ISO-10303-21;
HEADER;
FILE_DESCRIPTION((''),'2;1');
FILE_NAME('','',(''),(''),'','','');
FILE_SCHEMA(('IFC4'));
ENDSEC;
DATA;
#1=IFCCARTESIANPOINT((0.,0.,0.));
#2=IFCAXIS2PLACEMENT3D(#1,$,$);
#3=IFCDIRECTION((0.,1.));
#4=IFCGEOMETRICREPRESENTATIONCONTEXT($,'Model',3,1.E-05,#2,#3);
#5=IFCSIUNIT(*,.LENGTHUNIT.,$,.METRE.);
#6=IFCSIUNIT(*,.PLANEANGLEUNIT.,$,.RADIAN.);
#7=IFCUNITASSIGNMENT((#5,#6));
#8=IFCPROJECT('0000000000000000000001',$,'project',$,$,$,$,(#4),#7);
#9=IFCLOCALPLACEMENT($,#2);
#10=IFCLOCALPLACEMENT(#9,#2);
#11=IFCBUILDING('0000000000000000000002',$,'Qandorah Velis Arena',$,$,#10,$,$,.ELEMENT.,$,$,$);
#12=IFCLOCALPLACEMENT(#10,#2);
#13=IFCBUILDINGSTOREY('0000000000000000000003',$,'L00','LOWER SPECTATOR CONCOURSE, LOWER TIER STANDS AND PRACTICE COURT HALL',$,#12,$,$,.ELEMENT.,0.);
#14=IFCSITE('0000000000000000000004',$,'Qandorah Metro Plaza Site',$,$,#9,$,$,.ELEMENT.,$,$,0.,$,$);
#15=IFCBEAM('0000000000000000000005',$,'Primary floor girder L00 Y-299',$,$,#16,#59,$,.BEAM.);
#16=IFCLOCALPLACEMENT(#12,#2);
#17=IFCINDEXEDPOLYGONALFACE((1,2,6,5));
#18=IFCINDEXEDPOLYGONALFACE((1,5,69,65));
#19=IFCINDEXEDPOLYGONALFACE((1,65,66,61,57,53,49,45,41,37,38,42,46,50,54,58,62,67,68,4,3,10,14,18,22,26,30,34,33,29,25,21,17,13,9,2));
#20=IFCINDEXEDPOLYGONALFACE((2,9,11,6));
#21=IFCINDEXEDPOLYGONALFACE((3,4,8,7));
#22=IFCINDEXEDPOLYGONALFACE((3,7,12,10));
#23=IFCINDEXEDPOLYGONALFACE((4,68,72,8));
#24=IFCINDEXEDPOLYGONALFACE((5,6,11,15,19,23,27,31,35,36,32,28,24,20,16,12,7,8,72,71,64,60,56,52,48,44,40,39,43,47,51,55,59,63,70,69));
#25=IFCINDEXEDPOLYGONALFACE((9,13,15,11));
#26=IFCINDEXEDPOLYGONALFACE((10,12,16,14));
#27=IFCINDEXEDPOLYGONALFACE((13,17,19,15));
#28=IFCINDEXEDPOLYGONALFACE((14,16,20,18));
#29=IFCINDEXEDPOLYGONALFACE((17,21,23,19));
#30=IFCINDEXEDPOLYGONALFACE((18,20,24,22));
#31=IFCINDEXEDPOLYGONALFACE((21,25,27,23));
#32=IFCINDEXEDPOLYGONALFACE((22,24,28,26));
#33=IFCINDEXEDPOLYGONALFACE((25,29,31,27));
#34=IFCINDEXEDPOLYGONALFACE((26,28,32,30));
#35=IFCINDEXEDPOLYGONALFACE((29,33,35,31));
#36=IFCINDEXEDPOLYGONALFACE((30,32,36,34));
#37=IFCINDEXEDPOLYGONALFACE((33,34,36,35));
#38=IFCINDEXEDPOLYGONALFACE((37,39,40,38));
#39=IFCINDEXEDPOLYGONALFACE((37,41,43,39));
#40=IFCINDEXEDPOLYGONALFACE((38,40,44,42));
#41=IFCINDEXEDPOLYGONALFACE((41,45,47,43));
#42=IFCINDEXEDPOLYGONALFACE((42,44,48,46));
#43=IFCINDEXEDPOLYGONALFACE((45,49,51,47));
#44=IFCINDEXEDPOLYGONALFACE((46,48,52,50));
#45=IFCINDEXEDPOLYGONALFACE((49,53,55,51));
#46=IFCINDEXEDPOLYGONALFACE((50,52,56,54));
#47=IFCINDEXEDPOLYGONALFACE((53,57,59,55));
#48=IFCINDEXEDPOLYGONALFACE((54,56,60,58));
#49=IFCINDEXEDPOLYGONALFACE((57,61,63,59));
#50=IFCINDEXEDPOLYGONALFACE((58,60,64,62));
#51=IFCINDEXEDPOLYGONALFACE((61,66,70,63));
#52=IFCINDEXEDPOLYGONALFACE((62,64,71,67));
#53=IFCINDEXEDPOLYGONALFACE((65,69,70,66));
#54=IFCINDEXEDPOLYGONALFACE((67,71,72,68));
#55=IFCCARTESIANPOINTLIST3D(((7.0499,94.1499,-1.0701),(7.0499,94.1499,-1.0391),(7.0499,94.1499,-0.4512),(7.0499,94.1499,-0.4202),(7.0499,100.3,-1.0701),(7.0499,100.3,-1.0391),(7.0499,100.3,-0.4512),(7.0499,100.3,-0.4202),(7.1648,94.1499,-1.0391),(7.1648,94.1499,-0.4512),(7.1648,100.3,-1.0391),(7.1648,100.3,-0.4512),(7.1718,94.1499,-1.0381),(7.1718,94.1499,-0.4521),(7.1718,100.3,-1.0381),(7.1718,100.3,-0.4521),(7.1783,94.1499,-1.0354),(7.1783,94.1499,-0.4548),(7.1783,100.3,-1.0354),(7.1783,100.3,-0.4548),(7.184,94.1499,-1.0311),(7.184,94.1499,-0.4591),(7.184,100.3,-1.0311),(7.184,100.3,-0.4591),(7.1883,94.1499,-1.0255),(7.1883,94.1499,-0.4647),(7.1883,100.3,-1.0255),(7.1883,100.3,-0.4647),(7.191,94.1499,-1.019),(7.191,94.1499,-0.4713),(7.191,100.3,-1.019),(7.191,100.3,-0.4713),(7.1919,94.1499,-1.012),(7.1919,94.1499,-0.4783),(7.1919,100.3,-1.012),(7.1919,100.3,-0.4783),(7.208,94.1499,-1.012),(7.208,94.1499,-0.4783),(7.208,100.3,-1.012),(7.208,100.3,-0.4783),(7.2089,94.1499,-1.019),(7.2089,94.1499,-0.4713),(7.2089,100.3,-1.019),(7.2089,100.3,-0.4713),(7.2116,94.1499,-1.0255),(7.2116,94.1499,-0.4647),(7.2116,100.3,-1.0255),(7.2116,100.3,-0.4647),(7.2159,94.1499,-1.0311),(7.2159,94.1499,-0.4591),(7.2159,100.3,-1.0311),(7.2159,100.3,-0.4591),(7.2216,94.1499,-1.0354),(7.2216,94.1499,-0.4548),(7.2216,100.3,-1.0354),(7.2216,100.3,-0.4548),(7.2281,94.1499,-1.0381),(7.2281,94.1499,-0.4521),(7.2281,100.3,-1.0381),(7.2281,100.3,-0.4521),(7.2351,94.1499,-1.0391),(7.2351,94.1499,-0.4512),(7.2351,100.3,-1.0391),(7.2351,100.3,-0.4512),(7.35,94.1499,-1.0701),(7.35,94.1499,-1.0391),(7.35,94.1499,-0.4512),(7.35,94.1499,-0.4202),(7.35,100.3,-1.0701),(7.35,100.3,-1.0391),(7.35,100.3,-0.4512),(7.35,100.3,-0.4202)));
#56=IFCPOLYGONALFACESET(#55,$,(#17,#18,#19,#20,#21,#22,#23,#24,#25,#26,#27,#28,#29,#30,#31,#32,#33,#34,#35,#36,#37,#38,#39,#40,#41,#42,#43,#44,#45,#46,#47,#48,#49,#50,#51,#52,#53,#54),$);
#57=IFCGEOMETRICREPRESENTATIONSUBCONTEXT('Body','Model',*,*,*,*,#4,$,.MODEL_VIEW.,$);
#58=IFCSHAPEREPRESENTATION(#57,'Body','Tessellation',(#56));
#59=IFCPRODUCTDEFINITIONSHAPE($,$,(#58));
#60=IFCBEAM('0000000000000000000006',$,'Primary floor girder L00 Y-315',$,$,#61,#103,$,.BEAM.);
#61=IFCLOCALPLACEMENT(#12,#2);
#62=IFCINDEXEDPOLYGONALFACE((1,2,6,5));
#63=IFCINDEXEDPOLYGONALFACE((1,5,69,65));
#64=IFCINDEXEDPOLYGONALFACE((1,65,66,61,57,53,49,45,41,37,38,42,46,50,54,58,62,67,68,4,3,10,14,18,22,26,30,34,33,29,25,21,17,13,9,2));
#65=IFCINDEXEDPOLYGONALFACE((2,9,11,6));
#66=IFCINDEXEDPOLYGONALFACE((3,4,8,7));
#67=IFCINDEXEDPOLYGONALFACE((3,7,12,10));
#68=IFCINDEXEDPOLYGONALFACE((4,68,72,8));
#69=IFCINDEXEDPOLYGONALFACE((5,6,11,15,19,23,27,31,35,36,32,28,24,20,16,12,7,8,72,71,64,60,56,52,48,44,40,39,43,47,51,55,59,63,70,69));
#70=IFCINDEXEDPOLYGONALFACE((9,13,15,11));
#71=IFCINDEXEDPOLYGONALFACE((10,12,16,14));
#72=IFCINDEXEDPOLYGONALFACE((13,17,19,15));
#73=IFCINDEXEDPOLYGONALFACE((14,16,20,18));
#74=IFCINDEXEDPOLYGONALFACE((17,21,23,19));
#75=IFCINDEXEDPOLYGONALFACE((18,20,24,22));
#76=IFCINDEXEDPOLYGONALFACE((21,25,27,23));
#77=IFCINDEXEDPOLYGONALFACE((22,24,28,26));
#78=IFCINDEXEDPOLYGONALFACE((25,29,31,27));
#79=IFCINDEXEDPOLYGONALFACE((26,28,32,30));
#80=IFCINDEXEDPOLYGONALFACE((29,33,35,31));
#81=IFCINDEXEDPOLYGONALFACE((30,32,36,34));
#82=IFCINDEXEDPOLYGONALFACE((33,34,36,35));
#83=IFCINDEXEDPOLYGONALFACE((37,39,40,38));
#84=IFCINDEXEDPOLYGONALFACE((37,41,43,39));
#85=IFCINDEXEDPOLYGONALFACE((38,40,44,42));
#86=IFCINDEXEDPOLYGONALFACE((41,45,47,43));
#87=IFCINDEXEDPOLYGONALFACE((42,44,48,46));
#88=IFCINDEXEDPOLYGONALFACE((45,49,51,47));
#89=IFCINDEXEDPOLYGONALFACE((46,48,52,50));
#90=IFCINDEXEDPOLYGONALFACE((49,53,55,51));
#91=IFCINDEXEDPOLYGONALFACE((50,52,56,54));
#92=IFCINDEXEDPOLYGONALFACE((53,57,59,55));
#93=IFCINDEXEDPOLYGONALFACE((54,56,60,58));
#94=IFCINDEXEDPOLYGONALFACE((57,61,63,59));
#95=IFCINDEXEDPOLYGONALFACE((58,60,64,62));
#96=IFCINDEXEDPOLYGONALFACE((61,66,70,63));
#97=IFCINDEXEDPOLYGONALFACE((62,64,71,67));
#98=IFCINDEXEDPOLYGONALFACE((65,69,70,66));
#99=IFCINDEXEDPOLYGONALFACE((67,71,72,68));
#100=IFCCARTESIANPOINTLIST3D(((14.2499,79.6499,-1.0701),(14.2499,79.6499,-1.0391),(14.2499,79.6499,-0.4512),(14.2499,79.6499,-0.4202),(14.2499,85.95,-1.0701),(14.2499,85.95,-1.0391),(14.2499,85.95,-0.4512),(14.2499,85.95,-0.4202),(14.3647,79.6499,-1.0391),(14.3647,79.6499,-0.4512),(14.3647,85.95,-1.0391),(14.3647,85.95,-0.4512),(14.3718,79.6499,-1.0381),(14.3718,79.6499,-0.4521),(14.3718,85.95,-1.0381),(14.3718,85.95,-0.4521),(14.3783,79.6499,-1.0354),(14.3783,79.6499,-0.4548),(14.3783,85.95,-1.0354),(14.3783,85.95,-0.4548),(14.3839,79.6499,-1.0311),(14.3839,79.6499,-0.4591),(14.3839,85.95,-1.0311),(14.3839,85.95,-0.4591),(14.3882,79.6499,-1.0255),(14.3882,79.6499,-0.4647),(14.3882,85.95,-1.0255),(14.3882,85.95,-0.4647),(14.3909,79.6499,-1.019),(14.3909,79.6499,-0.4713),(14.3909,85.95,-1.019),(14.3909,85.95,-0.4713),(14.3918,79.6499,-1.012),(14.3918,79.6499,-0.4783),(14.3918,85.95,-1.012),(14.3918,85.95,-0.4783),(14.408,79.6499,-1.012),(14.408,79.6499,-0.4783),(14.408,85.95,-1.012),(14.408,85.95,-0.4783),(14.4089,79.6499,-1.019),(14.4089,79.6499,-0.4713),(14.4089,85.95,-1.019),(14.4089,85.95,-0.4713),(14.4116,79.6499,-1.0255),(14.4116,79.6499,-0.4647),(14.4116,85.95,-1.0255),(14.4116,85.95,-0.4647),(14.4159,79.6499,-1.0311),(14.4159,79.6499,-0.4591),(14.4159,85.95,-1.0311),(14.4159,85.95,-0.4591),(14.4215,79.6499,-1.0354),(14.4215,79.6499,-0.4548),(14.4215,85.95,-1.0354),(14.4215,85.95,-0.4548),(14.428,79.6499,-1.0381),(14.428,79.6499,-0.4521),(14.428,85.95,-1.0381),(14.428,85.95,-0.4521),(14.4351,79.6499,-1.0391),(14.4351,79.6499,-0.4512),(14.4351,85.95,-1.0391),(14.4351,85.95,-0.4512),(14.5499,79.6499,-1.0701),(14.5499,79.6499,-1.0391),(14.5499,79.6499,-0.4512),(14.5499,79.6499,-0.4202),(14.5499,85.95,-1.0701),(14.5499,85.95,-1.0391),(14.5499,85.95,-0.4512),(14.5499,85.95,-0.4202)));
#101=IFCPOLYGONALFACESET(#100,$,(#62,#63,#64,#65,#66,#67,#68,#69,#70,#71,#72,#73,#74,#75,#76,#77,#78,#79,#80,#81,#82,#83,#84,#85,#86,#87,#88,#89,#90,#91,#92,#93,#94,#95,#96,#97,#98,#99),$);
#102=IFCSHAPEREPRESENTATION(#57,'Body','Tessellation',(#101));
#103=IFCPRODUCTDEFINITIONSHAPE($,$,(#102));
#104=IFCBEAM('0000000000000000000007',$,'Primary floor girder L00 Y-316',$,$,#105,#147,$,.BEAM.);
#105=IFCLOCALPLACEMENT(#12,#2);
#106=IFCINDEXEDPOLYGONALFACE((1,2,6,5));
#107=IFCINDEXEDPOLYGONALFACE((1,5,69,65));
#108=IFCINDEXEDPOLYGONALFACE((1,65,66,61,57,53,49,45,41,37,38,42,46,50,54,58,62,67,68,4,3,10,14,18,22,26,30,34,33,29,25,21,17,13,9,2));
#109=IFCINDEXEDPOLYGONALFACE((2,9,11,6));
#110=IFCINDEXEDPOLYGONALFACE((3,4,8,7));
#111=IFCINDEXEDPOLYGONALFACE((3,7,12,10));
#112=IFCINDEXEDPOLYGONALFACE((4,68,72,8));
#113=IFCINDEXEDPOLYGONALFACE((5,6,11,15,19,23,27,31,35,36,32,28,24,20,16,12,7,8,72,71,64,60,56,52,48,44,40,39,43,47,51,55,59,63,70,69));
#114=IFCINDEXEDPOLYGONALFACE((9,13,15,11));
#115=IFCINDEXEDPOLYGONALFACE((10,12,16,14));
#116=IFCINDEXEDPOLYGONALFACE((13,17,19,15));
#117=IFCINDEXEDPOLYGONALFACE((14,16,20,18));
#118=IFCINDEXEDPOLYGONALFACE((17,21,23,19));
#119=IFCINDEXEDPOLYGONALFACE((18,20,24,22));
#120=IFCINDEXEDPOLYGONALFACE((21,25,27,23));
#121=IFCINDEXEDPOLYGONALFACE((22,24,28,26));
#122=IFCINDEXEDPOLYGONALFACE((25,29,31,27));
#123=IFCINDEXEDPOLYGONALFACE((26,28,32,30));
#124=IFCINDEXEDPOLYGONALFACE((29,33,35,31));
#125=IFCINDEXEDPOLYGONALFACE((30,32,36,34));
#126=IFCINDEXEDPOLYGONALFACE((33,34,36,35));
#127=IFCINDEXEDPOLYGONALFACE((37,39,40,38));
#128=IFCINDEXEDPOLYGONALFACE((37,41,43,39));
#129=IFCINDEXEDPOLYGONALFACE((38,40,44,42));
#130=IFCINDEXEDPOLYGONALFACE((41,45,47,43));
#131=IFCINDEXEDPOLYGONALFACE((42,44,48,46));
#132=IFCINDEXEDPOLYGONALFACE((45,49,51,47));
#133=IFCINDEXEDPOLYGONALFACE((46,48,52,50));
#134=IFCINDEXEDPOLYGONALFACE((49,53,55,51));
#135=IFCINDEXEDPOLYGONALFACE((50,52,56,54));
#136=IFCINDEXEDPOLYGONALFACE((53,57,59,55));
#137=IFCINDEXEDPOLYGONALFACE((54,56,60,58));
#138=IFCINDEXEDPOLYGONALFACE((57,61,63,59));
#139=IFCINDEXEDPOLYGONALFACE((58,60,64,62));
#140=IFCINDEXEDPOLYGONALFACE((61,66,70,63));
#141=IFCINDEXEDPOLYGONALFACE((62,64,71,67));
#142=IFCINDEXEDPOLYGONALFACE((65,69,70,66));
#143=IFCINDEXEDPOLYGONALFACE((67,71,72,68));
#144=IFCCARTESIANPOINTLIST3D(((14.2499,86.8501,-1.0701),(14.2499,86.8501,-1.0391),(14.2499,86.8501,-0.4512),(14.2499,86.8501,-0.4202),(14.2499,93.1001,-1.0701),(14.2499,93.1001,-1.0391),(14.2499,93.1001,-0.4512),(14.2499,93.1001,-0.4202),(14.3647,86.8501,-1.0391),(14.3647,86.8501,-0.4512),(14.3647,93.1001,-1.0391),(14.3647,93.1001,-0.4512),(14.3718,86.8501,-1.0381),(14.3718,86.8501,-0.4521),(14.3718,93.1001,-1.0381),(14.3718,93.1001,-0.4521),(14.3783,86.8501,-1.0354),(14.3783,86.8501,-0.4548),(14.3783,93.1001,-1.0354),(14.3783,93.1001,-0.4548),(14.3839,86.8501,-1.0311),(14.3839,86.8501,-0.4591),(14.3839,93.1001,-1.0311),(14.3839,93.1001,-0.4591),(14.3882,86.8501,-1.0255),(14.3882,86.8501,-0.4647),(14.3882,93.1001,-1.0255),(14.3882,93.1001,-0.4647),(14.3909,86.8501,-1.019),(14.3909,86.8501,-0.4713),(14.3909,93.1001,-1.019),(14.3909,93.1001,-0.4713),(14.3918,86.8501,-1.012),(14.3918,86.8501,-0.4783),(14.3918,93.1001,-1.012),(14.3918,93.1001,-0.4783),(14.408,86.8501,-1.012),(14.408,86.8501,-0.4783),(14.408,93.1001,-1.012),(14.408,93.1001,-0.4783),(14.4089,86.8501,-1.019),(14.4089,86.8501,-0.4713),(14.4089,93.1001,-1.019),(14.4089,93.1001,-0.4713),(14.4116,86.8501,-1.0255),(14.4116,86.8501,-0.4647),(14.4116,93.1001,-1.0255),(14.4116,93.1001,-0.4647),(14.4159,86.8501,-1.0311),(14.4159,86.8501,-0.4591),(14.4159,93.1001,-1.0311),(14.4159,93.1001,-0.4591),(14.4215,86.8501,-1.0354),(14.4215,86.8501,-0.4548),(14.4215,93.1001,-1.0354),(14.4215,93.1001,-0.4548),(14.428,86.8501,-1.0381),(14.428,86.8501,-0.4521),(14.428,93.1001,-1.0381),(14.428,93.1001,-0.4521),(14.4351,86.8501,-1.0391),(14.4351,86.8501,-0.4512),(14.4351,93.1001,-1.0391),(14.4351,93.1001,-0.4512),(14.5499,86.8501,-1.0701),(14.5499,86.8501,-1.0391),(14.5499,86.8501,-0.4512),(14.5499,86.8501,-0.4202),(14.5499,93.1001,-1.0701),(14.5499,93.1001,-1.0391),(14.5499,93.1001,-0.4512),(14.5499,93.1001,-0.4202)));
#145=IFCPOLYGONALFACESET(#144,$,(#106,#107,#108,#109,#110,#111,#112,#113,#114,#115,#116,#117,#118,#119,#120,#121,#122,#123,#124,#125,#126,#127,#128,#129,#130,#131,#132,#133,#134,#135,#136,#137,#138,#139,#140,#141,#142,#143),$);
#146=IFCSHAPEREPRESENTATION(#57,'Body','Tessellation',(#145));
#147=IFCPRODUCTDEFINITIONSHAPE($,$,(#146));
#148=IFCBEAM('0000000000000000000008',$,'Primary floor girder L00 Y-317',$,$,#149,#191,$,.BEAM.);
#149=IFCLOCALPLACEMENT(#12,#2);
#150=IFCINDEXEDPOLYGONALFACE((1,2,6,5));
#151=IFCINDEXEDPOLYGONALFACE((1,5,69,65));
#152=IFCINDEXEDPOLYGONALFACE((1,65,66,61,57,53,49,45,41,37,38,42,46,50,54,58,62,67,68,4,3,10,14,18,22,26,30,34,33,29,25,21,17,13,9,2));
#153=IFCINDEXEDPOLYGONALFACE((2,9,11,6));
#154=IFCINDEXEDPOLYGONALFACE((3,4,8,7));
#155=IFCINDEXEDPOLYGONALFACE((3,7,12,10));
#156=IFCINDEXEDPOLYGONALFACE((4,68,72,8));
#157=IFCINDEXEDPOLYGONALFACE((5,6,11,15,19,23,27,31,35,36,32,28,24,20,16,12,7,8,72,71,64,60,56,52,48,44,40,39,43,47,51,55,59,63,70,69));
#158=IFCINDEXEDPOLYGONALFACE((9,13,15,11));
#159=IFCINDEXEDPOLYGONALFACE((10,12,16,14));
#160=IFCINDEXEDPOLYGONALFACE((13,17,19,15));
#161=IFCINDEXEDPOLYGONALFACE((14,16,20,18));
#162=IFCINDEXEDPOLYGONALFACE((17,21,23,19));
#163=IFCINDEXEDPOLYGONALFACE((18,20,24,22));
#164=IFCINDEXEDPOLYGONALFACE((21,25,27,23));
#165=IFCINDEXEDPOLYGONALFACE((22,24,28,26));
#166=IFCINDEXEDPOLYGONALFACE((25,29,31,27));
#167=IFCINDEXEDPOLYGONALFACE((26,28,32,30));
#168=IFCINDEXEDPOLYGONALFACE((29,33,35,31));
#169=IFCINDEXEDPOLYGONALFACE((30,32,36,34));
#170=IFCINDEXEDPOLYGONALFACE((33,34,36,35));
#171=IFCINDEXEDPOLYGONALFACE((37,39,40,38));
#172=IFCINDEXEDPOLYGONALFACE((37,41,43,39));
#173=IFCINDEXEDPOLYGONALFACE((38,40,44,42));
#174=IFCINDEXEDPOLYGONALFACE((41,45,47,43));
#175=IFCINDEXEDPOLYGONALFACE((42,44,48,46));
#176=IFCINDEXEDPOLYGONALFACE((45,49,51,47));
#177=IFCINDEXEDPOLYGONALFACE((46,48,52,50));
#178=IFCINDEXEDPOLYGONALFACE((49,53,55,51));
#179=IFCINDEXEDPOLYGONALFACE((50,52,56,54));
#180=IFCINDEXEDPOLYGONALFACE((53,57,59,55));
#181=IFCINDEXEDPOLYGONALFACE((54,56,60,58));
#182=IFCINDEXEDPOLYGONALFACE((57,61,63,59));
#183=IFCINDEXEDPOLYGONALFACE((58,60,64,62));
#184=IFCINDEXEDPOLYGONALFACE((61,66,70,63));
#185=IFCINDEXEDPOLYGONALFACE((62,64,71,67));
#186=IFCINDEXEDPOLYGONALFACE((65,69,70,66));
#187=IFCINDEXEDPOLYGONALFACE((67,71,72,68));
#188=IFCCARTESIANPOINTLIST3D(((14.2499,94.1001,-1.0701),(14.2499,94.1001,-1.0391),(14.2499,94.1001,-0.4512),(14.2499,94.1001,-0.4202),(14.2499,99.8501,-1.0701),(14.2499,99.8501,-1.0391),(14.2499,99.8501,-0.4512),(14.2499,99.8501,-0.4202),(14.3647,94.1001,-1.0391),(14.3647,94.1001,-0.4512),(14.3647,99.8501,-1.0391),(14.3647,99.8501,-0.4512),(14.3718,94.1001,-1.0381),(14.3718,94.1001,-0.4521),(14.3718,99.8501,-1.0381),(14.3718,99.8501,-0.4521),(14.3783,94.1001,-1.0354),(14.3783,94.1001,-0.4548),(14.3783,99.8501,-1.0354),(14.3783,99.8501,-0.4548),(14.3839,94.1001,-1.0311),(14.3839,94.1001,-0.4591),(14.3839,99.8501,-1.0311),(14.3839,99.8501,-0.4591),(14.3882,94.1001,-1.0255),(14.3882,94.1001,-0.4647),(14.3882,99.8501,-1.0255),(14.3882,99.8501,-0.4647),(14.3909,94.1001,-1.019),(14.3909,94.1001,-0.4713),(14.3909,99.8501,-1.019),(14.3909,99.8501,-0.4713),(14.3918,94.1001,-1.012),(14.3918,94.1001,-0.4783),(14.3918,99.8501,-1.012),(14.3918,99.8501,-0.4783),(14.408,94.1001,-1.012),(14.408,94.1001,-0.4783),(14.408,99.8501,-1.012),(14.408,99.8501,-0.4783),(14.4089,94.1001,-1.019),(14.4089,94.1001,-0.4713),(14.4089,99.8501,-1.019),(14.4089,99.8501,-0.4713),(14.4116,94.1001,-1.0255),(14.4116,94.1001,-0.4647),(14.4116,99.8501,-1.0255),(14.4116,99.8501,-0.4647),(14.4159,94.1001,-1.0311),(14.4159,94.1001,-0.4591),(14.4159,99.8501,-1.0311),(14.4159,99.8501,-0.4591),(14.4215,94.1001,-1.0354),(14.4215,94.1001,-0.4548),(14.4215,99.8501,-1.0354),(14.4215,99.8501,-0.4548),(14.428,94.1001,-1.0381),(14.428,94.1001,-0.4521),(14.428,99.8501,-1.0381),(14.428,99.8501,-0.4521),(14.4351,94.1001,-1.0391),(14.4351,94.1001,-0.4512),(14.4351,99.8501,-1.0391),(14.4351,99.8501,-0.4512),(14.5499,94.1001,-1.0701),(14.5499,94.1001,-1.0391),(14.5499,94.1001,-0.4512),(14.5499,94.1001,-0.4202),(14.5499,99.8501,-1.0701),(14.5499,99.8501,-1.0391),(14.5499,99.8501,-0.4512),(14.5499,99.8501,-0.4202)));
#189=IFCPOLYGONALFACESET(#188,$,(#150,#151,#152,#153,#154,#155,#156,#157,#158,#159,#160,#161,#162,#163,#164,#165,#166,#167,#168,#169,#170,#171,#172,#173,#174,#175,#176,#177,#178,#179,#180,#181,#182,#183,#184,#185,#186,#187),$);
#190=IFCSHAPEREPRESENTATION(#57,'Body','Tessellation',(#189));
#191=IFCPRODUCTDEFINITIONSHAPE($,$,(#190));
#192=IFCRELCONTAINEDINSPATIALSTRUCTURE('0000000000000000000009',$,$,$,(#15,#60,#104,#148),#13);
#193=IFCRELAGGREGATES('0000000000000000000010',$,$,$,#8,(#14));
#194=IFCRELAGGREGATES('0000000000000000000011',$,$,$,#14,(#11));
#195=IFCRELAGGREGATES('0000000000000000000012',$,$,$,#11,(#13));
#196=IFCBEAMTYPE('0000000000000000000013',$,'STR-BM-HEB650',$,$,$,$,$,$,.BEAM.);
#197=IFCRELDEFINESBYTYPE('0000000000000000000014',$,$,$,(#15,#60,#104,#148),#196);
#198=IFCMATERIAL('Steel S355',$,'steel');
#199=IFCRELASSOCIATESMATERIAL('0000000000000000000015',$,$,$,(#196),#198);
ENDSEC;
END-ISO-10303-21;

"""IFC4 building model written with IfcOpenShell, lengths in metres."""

from ifc_helpers import new_model, si_unit, direction, frame, origin, origin_2d, place, context, subcontext, project, spatial, i_section, extrude, material, material_profile, profile_set, type_object, element, save


model = new_model("IFC4")

# Units and contexts
model_context = context("Model", 3, precision=1e-05, world=origin(), true_north=direction((0.0, 1.0)))
body_context = subcontext(model_context, "Body", "Model", "MODEL_VIEW")
ifc_project = project(units=[si_unit("LENGTHUNIT", "METRE"), si_unit("PLANEANGLEUNIT", "RADIAN")], contexts=[model_context])

# Site, building, storey
site_placement = place(None, origin())
site = spatial("IfcSite", under=ifc_project, at=site_placement, Name="Qandorah Metro Plaza Site", CompositionType="ELEMENT", RefElevation=0.0)
building_placement = place(site_placement, origin())
building = spatial("IfcBuilding", under=site, at=building_placement, Name="Qandorah Velis Arena", CompositionType="ELEMENT")
storey_placement = place(building_placement, origin())
storey = spatial("IfcBuildingStorey", under=building, at=storey_placement, Name="L00", Description="LOWER SPECTATOR CONCOURSE, LOWER TIER STANDS AND PRACTICE COURT HALL", CompositionType="ELEMENT", Elevation=0.0)

# Beams
ifc_material_1 = material(Name="Steel S355", Category="steel")
ifc_material_profile_1 = material_profile(ifc_material_1, i_section(OverallWidth=0.3, OverallDepth=0.6499, WebThickness=0.0161, FlangeThickness=0.031, FilletRadius=0.0271, at=origin_2d()), Name="HEB 650")
ifc_profile_set_1 = profile_set([ifc_material_profile_1], Name="Steel S355")
beam_type_1 = type_object("IfcBeamType", Name="STR-BM-HEB650", PredefinedType="BEAM", material=ifc_profile_set_1)
beam_1_placement = place(storey_placement, frame((7.2, 94.1499, -0.7451), z_axis=(0.0, 1.0, 0.0), x_axis=(-1.0, 0.0, 0.0)))
element("IfcBeam", 1, at=beam_1_placement, inside=storey, type_object=beam_type_1, Name="Primary floor girder L00 Y-299", PredefinedType="BEAM", context=body_context, shape_type="SweptSolid", body=[
    extrude(i_section(OverallWidth=0.3, OverallDepth=0.6499, WebThickness=0.0161, FlangeThickness=0.031, FilletRadius=0.0271, at=origin_2d()), origin(), (0.0, 0.0, 1.0), 6.1501),
])
beam_2_placement = place(storey_placement, frame((14.3999, 79.6499, -0.7451), z_axis=(0.0, 1.0, 0.0), x_axis=(-1.0, 0.0, 0.0)))
element("IfcBeam", 2, at=beam_2_placement, inside=storey, type_object=beam_type_1, Name="Primary floor girder L00 Y-315", PredefinedType="BEAM", context=body_context, shape_type="SweptSolid", body=[
    extrude(i_section(OverallWidth=0.3, OverallDepth=0.6499, WebThickness=0.0161, FlangeThickness=0.031, FilletRadius=0.0271, at=origin_2d()), origin(), (0.0, 0.0, 1.0), 6.3),
])
beam_3_placement = place(storey_placement, frame((14.3999, 86.8501, -0.7451), z_axis=(0.0, 1.0, 0.0), x_axis=(-1.0, 0.0, 0.0)))
element("IfcBeam", 3, at=beam_3_placement, inside=storey, type_object=beam_type_1, Name="Primary floor girder L00 Y-316", PredefinedType="BEAM", context=body_context, shape_type="SweptSolid", body=[
    extrude(i_section(OverallWidth=0.3, OverallDepth=0.6499, WebThickness=0.0161, FlangeThickness=0.031, FilletRadius=0.0271, at=origin_2d()), origin(), (0.0, 0.0, 1.0), 6.25),
])
beam_4_placement = place(storey_placement, frame((14.3999, 94.1001, -0.7451), z_axis=(0.0, 1.0, 0.0), x_axis=(-1.0, 0.0, 0.0)))
element("IfcBeam", 4, at=beam_4_placement, inside=storey, type_object=beam_type_1, Name="Primary floor girder L00 Y-317", PredefinedType="BEAM", context=body_context, shape_type="SweptSolid", body=[
    extrude(i_section(OverallWidth=0.3, OverallDepth=0.6499, WebThickness=0.0161, FlangeThickness=0.031, FilletRadius=0.0271, at=origin_2d()), origin(), (0.0, 0.0, 1.0), 5.75),
])

save(model, "model.ifc")
